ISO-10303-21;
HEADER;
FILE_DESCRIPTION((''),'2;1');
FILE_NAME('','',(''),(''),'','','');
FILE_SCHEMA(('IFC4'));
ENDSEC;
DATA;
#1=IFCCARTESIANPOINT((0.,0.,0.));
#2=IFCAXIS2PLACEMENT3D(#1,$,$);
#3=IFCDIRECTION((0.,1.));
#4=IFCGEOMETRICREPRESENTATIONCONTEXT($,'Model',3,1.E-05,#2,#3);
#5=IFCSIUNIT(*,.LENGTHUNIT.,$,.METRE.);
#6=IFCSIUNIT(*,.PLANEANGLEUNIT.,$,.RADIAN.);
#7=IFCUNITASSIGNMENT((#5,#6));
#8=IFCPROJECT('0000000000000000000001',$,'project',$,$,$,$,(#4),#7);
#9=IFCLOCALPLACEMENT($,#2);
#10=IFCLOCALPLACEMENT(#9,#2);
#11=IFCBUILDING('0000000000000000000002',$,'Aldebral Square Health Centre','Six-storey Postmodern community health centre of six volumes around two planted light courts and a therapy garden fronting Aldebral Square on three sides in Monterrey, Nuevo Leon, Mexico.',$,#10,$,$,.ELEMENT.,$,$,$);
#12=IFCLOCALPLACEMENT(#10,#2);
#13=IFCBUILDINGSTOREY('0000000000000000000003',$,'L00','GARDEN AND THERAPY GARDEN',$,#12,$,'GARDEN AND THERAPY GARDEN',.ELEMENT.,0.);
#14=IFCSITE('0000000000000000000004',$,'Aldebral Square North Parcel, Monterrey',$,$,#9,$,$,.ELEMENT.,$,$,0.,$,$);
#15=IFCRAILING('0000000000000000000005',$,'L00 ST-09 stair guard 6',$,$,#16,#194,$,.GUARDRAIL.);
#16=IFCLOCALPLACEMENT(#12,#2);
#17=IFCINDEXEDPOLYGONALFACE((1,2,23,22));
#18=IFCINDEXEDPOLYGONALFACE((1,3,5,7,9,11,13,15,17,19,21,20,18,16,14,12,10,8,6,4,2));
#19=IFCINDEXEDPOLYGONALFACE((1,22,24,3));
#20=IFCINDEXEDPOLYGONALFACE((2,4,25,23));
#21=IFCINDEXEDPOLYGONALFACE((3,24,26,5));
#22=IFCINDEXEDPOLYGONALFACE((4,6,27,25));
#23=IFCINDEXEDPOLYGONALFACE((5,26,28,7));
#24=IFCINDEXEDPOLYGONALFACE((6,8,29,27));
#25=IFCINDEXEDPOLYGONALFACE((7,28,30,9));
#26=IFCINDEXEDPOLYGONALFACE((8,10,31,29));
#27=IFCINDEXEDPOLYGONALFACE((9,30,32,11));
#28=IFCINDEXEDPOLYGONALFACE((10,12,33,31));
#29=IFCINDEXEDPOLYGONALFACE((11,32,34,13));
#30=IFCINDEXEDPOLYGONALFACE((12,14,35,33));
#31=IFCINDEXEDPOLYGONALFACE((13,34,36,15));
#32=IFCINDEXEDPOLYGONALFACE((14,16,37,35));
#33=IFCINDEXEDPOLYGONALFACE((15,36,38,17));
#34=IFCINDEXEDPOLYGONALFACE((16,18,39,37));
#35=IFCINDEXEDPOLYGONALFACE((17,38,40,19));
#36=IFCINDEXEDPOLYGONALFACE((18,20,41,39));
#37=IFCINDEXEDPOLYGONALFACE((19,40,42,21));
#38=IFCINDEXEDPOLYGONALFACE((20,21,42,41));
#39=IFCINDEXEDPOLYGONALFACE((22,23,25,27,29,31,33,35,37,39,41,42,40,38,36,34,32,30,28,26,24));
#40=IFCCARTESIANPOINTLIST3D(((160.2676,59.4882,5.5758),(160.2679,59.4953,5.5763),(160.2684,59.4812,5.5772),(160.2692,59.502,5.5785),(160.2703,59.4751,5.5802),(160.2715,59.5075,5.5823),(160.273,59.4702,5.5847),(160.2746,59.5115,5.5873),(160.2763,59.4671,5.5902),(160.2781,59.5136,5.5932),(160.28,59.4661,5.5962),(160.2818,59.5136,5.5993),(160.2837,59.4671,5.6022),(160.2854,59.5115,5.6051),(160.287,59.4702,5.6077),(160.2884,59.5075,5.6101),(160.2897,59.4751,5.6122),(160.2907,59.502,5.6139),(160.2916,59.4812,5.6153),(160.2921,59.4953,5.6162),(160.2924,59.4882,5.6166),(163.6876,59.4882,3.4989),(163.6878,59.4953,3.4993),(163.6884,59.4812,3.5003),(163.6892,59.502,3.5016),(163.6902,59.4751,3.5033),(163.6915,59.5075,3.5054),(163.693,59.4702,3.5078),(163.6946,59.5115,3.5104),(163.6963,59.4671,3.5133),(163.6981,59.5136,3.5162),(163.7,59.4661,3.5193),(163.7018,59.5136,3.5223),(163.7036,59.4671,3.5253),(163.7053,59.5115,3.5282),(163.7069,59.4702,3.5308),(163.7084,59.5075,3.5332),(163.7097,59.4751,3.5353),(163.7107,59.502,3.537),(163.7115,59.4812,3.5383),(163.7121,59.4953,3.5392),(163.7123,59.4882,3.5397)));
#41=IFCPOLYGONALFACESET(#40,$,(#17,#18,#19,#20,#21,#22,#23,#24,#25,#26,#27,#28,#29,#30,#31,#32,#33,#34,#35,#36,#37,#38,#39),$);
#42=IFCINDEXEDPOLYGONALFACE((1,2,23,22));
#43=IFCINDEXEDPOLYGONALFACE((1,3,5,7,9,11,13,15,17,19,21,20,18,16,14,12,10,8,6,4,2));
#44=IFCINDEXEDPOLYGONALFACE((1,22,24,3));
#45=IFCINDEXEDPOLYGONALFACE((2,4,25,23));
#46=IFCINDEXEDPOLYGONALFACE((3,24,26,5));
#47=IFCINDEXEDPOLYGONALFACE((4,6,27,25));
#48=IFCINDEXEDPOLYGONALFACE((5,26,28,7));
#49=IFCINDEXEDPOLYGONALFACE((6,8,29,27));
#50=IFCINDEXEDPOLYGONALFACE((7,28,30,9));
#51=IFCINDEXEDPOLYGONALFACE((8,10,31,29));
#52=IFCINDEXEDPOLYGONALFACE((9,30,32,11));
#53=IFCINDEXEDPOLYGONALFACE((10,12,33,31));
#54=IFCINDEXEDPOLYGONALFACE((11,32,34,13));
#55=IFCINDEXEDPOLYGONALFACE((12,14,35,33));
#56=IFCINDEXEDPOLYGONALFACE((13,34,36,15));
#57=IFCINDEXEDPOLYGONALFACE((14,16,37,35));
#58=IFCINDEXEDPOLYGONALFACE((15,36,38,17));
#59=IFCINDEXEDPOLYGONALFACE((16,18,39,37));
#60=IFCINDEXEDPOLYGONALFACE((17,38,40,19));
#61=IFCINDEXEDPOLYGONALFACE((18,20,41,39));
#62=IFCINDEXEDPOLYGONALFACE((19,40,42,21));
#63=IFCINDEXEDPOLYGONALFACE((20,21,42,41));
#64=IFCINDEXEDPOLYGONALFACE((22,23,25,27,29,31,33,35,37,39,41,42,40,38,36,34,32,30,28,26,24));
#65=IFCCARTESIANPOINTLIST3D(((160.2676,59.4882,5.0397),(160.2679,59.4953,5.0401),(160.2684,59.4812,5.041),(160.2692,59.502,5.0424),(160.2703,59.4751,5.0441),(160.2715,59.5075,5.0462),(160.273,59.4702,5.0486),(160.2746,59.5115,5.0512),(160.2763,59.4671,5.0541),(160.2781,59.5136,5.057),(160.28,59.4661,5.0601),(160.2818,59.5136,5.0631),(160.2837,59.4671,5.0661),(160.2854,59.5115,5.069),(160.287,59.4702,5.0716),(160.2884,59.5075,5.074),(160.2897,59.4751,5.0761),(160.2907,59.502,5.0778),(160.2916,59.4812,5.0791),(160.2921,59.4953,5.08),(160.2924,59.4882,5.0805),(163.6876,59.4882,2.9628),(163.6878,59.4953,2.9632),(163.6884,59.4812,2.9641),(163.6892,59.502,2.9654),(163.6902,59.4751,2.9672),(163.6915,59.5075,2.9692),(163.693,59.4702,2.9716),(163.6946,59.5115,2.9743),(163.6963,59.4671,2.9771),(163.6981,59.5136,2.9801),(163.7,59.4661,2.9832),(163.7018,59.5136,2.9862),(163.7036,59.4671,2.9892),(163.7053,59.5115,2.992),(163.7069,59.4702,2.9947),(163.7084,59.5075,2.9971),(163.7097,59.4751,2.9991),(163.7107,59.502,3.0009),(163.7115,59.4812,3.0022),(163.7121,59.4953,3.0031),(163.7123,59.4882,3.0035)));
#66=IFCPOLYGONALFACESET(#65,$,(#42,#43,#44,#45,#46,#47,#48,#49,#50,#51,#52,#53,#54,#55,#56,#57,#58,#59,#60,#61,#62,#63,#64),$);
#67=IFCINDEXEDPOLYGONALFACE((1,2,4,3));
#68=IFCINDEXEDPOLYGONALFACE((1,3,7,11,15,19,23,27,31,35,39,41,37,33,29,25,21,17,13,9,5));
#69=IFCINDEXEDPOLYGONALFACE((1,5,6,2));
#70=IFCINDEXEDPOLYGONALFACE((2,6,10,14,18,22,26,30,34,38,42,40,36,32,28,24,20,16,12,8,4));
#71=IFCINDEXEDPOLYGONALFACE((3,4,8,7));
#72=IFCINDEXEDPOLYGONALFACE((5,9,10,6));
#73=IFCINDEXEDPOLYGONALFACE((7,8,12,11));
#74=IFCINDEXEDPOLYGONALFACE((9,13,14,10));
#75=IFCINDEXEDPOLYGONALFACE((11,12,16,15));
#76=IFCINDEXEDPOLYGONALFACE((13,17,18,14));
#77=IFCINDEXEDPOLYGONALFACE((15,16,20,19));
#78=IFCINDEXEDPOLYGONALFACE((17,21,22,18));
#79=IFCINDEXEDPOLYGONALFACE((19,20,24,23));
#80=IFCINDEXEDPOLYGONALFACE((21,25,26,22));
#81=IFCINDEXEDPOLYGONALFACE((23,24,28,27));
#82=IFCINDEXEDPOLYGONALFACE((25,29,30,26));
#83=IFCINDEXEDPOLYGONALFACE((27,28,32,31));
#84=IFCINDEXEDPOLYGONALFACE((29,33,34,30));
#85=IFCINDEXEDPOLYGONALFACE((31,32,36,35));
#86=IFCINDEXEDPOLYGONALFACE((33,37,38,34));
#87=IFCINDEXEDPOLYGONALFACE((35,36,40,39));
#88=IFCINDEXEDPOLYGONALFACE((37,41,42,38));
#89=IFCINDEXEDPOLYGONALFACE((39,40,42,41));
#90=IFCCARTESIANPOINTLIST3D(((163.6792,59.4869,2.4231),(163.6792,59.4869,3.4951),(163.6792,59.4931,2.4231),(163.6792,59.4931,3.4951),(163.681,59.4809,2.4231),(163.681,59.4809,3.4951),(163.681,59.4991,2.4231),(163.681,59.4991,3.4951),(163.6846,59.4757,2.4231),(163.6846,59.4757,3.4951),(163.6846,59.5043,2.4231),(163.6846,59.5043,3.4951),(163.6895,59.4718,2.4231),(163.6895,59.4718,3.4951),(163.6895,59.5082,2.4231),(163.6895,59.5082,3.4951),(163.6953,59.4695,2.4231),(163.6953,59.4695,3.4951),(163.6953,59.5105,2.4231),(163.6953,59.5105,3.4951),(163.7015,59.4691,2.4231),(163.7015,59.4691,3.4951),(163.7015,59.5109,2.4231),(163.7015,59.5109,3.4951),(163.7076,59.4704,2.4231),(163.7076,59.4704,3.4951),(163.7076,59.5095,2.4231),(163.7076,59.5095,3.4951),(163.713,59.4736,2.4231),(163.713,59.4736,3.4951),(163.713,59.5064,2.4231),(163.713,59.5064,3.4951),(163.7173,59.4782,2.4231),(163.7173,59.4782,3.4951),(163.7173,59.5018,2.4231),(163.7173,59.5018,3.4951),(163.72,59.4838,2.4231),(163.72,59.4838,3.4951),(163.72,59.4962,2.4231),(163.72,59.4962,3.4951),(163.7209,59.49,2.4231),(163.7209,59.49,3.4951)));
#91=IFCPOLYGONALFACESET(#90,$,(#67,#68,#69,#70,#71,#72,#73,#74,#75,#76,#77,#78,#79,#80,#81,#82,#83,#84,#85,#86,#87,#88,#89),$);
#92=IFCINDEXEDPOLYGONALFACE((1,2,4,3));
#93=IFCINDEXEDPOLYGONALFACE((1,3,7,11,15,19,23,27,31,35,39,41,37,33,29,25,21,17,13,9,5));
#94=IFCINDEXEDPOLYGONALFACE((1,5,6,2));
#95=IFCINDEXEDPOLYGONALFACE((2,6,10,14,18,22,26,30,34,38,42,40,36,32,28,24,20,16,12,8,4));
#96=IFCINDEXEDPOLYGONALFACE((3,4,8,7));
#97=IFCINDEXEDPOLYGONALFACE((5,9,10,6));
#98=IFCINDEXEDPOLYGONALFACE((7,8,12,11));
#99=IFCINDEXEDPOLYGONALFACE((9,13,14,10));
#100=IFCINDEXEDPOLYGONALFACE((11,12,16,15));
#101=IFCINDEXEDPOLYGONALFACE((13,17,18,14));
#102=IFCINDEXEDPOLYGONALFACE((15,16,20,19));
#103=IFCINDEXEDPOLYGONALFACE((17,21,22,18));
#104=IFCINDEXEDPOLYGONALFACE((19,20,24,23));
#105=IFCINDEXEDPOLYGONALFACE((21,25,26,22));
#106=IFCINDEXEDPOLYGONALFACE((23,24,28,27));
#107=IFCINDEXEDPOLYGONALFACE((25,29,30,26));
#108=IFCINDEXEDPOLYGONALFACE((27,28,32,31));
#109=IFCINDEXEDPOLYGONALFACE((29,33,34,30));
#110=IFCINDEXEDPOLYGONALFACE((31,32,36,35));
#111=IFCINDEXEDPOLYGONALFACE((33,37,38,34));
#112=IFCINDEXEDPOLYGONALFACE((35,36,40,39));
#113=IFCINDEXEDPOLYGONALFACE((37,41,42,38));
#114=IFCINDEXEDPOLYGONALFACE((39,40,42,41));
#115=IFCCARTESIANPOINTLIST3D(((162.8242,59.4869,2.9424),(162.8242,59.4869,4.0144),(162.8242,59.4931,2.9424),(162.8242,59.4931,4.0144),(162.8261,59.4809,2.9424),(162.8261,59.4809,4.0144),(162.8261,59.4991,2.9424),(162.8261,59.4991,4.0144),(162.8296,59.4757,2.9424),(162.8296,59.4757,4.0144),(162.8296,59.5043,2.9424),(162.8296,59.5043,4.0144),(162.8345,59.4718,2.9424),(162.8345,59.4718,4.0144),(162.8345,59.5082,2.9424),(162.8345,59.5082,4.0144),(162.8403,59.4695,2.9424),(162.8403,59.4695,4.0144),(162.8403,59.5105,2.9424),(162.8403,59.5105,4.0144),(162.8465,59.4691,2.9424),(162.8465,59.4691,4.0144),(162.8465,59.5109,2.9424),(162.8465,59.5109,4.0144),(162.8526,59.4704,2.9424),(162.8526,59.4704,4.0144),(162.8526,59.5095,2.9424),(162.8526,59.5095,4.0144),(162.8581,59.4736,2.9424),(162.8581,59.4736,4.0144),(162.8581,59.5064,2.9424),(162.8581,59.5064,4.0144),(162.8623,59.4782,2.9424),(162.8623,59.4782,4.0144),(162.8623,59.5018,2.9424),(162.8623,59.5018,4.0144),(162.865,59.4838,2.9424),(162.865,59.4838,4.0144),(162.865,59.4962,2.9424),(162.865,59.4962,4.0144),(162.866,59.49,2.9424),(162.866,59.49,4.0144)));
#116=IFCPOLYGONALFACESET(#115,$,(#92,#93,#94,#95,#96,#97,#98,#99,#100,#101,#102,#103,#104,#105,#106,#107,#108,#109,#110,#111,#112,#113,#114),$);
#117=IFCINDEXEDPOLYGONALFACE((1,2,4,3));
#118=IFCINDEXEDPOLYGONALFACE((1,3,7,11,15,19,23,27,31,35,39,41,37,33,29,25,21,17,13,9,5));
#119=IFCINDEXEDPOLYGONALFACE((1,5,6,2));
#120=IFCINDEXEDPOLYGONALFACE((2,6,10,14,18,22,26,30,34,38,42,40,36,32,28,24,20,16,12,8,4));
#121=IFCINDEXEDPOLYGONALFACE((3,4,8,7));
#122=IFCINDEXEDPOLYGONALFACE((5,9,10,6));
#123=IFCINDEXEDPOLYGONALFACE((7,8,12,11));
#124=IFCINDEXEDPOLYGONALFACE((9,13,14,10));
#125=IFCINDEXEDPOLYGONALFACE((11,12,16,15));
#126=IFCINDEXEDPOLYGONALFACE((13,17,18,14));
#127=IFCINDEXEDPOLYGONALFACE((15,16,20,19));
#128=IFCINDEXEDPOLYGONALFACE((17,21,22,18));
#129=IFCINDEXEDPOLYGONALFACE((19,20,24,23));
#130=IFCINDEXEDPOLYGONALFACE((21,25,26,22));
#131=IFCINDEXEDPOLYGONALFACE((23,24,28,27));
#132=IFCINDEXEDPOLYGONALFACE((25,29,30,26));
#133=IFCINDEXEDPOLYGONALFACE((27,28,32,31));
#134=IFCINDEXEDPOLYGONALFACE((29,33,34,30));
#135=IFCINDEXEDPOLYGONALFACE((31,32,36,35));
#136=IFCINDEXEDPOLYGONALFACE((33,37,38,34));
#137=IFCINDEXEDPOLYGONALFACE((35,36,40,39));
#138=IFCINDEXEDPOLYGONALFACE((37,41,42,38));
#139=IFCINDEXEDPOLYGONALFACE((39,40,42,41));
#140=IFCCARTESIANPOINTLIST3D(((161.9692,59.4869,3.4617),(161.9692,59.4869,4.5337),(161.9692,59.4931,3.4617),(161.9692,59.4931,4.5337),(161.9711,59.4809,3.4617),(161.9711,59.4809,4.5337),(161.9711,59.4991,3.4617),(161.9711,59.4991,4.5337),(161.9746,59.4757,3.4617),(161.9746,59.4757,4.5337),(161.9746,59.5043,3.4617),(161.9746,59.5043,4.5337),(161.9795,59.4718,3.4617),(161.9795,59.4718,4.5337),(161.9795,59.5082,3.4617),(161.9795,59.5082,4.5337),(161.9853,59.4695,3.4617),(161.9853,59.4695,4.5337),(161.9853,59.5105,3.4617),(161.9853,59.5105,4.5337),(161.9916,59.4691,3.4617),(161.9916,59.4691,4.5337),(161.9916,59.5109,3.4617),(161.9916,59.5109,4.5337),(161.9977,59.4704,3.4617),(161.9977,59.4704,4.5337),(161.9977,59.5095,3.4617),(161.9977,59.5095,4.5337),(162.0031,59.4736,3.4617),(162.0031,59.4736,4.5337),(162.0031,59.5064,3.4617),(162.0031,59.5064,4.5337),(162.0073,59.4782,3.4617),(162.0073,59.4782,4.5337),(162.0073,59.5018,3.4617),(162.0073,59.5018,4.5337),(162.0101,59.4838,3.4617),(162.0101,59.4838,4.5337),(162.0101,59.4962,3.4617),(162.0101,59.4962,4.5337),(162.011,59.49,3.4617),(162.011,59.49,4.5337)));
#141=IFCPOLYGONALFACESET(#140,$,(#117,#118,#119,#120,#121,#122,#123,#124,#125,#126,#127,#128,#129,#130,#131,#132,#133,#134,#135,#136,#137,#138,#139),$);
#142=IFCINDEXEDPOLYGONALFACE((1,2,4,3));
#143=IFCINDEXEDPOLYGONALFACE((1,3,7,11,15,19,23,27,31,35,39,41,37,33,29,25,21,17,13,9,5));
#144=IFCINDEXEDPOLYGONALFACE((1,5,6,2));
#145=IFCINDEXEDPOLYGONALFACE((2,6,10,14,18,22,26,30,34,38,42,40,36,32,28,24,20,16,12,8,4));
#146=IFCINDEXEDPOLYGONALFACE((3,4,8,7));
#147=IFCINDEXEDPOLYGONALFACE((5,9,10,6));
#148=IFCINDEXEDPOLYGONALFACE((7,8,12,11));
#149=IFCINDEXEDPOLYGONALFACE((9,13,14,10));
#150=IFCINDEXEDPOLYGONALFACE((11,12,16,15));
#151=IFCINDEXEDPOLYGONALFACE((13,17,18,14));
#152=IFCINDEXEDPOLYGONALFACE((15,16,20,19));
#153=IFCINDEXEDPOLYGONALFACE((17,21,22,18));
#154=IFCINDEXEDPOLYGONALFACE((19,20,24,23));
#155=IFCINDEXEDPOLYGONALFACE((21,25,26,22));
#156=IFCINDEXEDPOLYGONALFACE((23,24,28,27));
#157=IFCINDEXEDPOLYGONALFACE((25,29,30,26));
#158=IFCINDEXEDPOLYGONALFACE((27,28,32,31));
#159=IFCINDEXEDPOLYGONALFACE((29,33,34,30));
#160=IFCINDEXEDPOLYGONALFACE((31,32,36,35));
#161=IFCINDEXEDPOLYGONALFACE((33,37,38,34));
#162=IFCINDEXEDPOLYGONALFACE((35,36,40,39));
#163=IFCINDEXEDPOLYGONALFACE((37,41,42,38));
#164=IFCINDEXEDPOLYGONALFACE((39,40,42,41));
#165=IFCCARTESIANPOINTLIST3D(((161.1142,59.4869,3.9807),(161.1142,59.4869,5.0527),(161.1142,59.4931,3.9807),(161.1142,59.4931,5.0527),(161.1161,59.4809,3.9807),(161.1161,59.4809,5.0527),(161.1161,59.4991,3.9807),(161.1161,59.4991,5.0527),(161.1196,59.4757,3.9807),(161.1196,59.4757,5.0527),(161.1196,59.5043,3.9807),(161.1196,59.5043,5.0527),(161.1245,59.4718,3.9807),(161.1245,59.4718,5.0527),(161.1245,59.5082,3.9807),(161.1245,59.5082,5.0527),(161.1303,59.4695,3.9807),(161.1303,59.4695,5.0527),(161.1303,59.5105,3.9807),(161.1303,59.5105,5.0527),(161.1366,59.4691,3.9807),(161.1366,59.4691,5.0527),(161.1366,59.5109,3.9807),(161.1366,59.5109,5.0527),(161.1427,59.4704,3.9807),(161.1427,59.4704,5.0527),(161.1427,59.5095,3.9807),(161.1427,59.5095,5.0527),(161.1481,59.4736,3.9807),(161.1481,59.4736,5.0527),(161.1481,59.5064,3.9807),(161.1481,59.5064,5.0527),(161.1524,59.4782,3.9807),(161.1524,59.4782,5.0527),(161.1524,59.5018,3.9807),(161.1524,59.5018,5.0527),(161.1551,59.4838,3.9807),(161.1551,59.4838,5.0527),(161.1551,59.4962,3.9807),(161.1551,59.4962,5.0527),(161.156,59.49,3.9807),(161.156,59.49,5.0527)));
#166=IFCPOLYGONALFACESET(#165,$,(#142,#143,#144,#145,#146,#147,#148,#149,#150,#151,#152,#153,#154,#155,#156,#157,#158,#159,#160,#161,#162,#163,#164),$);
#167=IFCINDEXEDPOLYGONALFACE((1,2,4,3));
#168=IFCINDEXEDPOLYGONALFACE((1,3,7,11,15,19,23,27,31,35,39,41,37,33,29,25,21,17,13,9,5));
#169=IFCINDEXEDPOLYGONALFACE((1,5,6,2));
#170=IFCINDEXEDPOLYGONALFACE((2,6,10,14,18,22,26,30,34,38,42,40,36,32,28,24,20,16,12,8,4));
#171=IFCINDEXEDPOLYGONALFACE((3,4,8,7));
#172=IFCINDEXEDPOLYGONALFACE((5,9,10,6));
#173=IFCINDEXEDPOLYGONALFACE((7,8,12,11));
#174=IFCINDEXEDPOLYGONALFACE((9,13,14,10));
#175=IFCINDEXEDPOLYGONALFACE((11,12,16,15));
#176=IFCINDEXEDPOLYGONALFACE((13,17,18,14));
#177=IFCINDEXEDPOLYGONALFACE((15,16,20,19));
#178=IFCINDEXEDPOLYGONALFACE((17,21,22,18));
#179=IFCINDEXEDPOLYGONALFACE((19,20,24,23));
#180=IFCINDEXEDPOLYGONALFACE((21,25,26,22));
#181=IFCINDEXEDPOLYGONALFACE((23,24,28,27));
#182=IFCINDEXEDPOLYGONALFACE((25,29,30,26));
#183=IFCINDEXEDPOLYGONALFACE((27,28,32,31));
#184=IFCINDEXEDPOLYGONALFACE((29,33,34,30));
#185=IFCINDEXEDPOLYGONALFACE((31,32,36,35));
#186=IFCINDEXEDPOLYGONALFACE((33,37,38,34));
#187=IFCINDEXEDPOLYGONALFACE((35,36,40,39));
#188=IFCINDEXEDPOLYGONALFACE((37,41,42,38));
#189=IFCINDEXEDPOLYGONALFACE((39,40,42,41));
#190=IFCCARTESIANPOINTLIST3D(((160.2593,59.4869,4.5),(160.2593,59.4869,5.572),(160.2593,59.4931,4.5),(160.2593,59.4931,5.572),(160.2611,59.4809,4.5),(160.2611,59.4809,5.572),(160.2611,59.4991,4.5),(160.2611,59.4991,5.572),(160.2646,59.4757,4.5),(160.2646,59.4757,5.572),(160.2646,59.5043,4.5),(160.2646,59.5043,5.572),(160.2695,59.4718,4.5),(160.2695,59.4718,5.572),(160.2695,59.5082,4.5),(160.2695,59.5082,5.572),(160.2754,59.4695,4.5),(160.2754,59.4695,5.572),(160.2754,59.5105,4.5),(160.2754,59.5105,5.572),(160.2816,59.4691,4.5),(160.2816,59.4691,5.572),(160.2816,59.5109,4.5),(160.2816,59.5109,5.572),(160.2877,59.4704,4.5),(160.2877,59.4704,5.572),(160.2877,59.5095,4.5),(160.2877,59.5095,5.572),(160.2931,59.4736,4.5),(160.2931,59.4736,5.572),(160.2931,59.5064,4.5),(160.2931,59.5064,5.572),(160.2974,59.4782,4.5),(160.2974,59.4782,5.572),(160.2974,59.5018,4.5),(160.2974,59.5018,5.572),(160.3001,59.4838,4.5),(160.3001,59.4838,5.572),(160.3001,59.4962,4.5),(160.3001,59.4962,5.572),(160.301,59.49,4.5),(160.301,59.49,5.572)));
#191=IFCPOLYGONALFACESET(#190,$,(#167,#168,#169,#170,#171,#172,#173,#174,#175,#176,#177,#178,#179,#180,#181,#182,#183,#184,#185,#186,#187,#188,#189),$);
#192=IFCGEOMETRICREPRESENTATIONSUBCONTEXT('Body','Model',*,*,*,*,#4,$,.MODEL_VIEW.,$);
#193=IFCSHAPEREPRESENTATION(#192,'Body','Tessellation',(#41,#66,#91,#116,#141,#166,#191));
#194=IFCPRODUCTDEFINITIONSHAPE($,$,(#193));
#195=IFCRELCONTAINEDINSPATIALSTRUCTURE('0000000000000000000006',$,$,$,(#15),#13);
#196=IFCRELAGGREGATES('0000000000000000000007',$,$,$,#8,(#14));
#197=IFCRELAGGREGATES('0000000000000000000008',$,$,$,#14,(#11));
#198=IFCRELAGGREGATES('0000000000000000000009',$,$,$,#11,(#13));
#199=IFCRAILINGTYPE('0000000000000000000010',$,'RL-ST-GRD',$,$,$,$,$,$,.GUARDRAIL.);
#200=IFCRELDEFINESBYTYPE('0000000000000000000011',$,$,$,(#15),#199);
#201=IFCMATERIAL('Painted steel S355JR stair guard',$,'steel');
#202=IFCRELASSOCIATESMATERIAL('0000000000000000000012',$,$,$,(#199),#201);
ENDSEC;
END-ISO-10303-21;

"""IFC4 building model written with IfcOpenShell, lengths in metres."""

from ifc_helpers import new_model, si_unit, direction, frame, origin, origin_2d, place, context, subcontext, project, spatial, circle, extrude, material, type_object, element, save


model = new_model("IFC4")

# Units and contexts
model_context = context("Model", 3, precision=1e-05, world=origin(), true_north=direction((0.0, 1.0)))
body_context = subcontext(model_context, "Body", "Model", "MODEL_VIEW")
ifc_project = project(units=[si_unit("LENGTHUNIT", "METRE"), si_unit("PLANEANGLEUNIT", "RADIAN")], contexts=[model_context])

# Site, building, storey
site_placement = place(None, origin())
site = spatial("IfcSite", under=ifc_project, at=site_placement, Name="Aldebral Square North Parcel, Monterrey", CompositionType="ELEMENT", RefElevation=0.0)
building_placement = place(site_placement, origin())
building = spatial("IfcBuilding", under=site, at=building_placement, Name="Aldebral Square Health Centre", Description="Six-storey Postmodern community health centre of six volumes around two planted light courts and a therapy garden fronting Aldebral Square on three sides in Monterrey, Nuevo Leon, Mexico.", CompositionType="ELEMENT")
storey_placement = place(building_placement, origin())
storey = spatial("IfcBuildingStorey", under=building, at=storey_placement, Name="L00", Description="GARDEN AND THERAPY GARDEN", LongName="GARDEN AND THERAPY GARDEN", CompositionType="ELEMENT", Elevation=0.0)

# Railing
ifc_material_1 = material(Name="Painted steel S355JR stair guard", Category="steel")
railing_type_1 = type_object("IfcRailingType", Name="RL-ST-GRD", PredefinedType="GUARDRAIL", material=ifc_material_1)
railing_1_placement = place(storey_placement, frame((163.7, 59.49, 2.4231)))
element("IfcRailing", 1, at=railing_1_placement, inside=storey, type_object=railing_type_1, Name="L00 ST-09 stair guard 6", PredefinedType="GUARDRAIL", context=body_context, shape_type="SweptSolid", body=[
    extrude(circle(Radius=0.0239, at=origin_2d()), frame((0.0, 0.0, 1.0962), z_axis=(-0.85473, 0.0, 0.519074), x_axis=(0.0, -1.0, 0.0)), (0.0, 0.0, 1.0), 4.0012),
    extrude(circle(Radius=0.0239, at=origin_2d()), frame((0.0, 0.0, 0.5601), z_axis=(-0.85473, 0.0, 0.519074), x_axis=(0.0, -1.0, 0.0)), (0.0, 0.0, 1.0), 4.0012),
    extrude(circle(Radius=0.021, at=origin_2d()), origin(), (0.0, 0.0, 1.0), 1.072),
    extrude(circle(Radius=0.021, at=origin_2d()), frame((-0.855, 0.0, 0.5193)), (0.0, 0.0, 1.0), 1.072),
    extrude(circle(Radius=0.021, at=origin_2d()), frame((-1.71, 0.0, 1.0386)), (0.0, 0.0, 1.0), 1.072),
    extrude(circle(Radius=0.021, at=origin_2d()), frame((-2.5649, 0.0, 1.5576)), (0.0, 0.0, 1.0), 1.072),
    extrude(circle(Radius=0.021, at=origin_2d()), frame((-3.4199, 0.0, 2.0769)), (0.0, 0.0, 1.0), 1.072),
])

save(model, "model.ifc")
